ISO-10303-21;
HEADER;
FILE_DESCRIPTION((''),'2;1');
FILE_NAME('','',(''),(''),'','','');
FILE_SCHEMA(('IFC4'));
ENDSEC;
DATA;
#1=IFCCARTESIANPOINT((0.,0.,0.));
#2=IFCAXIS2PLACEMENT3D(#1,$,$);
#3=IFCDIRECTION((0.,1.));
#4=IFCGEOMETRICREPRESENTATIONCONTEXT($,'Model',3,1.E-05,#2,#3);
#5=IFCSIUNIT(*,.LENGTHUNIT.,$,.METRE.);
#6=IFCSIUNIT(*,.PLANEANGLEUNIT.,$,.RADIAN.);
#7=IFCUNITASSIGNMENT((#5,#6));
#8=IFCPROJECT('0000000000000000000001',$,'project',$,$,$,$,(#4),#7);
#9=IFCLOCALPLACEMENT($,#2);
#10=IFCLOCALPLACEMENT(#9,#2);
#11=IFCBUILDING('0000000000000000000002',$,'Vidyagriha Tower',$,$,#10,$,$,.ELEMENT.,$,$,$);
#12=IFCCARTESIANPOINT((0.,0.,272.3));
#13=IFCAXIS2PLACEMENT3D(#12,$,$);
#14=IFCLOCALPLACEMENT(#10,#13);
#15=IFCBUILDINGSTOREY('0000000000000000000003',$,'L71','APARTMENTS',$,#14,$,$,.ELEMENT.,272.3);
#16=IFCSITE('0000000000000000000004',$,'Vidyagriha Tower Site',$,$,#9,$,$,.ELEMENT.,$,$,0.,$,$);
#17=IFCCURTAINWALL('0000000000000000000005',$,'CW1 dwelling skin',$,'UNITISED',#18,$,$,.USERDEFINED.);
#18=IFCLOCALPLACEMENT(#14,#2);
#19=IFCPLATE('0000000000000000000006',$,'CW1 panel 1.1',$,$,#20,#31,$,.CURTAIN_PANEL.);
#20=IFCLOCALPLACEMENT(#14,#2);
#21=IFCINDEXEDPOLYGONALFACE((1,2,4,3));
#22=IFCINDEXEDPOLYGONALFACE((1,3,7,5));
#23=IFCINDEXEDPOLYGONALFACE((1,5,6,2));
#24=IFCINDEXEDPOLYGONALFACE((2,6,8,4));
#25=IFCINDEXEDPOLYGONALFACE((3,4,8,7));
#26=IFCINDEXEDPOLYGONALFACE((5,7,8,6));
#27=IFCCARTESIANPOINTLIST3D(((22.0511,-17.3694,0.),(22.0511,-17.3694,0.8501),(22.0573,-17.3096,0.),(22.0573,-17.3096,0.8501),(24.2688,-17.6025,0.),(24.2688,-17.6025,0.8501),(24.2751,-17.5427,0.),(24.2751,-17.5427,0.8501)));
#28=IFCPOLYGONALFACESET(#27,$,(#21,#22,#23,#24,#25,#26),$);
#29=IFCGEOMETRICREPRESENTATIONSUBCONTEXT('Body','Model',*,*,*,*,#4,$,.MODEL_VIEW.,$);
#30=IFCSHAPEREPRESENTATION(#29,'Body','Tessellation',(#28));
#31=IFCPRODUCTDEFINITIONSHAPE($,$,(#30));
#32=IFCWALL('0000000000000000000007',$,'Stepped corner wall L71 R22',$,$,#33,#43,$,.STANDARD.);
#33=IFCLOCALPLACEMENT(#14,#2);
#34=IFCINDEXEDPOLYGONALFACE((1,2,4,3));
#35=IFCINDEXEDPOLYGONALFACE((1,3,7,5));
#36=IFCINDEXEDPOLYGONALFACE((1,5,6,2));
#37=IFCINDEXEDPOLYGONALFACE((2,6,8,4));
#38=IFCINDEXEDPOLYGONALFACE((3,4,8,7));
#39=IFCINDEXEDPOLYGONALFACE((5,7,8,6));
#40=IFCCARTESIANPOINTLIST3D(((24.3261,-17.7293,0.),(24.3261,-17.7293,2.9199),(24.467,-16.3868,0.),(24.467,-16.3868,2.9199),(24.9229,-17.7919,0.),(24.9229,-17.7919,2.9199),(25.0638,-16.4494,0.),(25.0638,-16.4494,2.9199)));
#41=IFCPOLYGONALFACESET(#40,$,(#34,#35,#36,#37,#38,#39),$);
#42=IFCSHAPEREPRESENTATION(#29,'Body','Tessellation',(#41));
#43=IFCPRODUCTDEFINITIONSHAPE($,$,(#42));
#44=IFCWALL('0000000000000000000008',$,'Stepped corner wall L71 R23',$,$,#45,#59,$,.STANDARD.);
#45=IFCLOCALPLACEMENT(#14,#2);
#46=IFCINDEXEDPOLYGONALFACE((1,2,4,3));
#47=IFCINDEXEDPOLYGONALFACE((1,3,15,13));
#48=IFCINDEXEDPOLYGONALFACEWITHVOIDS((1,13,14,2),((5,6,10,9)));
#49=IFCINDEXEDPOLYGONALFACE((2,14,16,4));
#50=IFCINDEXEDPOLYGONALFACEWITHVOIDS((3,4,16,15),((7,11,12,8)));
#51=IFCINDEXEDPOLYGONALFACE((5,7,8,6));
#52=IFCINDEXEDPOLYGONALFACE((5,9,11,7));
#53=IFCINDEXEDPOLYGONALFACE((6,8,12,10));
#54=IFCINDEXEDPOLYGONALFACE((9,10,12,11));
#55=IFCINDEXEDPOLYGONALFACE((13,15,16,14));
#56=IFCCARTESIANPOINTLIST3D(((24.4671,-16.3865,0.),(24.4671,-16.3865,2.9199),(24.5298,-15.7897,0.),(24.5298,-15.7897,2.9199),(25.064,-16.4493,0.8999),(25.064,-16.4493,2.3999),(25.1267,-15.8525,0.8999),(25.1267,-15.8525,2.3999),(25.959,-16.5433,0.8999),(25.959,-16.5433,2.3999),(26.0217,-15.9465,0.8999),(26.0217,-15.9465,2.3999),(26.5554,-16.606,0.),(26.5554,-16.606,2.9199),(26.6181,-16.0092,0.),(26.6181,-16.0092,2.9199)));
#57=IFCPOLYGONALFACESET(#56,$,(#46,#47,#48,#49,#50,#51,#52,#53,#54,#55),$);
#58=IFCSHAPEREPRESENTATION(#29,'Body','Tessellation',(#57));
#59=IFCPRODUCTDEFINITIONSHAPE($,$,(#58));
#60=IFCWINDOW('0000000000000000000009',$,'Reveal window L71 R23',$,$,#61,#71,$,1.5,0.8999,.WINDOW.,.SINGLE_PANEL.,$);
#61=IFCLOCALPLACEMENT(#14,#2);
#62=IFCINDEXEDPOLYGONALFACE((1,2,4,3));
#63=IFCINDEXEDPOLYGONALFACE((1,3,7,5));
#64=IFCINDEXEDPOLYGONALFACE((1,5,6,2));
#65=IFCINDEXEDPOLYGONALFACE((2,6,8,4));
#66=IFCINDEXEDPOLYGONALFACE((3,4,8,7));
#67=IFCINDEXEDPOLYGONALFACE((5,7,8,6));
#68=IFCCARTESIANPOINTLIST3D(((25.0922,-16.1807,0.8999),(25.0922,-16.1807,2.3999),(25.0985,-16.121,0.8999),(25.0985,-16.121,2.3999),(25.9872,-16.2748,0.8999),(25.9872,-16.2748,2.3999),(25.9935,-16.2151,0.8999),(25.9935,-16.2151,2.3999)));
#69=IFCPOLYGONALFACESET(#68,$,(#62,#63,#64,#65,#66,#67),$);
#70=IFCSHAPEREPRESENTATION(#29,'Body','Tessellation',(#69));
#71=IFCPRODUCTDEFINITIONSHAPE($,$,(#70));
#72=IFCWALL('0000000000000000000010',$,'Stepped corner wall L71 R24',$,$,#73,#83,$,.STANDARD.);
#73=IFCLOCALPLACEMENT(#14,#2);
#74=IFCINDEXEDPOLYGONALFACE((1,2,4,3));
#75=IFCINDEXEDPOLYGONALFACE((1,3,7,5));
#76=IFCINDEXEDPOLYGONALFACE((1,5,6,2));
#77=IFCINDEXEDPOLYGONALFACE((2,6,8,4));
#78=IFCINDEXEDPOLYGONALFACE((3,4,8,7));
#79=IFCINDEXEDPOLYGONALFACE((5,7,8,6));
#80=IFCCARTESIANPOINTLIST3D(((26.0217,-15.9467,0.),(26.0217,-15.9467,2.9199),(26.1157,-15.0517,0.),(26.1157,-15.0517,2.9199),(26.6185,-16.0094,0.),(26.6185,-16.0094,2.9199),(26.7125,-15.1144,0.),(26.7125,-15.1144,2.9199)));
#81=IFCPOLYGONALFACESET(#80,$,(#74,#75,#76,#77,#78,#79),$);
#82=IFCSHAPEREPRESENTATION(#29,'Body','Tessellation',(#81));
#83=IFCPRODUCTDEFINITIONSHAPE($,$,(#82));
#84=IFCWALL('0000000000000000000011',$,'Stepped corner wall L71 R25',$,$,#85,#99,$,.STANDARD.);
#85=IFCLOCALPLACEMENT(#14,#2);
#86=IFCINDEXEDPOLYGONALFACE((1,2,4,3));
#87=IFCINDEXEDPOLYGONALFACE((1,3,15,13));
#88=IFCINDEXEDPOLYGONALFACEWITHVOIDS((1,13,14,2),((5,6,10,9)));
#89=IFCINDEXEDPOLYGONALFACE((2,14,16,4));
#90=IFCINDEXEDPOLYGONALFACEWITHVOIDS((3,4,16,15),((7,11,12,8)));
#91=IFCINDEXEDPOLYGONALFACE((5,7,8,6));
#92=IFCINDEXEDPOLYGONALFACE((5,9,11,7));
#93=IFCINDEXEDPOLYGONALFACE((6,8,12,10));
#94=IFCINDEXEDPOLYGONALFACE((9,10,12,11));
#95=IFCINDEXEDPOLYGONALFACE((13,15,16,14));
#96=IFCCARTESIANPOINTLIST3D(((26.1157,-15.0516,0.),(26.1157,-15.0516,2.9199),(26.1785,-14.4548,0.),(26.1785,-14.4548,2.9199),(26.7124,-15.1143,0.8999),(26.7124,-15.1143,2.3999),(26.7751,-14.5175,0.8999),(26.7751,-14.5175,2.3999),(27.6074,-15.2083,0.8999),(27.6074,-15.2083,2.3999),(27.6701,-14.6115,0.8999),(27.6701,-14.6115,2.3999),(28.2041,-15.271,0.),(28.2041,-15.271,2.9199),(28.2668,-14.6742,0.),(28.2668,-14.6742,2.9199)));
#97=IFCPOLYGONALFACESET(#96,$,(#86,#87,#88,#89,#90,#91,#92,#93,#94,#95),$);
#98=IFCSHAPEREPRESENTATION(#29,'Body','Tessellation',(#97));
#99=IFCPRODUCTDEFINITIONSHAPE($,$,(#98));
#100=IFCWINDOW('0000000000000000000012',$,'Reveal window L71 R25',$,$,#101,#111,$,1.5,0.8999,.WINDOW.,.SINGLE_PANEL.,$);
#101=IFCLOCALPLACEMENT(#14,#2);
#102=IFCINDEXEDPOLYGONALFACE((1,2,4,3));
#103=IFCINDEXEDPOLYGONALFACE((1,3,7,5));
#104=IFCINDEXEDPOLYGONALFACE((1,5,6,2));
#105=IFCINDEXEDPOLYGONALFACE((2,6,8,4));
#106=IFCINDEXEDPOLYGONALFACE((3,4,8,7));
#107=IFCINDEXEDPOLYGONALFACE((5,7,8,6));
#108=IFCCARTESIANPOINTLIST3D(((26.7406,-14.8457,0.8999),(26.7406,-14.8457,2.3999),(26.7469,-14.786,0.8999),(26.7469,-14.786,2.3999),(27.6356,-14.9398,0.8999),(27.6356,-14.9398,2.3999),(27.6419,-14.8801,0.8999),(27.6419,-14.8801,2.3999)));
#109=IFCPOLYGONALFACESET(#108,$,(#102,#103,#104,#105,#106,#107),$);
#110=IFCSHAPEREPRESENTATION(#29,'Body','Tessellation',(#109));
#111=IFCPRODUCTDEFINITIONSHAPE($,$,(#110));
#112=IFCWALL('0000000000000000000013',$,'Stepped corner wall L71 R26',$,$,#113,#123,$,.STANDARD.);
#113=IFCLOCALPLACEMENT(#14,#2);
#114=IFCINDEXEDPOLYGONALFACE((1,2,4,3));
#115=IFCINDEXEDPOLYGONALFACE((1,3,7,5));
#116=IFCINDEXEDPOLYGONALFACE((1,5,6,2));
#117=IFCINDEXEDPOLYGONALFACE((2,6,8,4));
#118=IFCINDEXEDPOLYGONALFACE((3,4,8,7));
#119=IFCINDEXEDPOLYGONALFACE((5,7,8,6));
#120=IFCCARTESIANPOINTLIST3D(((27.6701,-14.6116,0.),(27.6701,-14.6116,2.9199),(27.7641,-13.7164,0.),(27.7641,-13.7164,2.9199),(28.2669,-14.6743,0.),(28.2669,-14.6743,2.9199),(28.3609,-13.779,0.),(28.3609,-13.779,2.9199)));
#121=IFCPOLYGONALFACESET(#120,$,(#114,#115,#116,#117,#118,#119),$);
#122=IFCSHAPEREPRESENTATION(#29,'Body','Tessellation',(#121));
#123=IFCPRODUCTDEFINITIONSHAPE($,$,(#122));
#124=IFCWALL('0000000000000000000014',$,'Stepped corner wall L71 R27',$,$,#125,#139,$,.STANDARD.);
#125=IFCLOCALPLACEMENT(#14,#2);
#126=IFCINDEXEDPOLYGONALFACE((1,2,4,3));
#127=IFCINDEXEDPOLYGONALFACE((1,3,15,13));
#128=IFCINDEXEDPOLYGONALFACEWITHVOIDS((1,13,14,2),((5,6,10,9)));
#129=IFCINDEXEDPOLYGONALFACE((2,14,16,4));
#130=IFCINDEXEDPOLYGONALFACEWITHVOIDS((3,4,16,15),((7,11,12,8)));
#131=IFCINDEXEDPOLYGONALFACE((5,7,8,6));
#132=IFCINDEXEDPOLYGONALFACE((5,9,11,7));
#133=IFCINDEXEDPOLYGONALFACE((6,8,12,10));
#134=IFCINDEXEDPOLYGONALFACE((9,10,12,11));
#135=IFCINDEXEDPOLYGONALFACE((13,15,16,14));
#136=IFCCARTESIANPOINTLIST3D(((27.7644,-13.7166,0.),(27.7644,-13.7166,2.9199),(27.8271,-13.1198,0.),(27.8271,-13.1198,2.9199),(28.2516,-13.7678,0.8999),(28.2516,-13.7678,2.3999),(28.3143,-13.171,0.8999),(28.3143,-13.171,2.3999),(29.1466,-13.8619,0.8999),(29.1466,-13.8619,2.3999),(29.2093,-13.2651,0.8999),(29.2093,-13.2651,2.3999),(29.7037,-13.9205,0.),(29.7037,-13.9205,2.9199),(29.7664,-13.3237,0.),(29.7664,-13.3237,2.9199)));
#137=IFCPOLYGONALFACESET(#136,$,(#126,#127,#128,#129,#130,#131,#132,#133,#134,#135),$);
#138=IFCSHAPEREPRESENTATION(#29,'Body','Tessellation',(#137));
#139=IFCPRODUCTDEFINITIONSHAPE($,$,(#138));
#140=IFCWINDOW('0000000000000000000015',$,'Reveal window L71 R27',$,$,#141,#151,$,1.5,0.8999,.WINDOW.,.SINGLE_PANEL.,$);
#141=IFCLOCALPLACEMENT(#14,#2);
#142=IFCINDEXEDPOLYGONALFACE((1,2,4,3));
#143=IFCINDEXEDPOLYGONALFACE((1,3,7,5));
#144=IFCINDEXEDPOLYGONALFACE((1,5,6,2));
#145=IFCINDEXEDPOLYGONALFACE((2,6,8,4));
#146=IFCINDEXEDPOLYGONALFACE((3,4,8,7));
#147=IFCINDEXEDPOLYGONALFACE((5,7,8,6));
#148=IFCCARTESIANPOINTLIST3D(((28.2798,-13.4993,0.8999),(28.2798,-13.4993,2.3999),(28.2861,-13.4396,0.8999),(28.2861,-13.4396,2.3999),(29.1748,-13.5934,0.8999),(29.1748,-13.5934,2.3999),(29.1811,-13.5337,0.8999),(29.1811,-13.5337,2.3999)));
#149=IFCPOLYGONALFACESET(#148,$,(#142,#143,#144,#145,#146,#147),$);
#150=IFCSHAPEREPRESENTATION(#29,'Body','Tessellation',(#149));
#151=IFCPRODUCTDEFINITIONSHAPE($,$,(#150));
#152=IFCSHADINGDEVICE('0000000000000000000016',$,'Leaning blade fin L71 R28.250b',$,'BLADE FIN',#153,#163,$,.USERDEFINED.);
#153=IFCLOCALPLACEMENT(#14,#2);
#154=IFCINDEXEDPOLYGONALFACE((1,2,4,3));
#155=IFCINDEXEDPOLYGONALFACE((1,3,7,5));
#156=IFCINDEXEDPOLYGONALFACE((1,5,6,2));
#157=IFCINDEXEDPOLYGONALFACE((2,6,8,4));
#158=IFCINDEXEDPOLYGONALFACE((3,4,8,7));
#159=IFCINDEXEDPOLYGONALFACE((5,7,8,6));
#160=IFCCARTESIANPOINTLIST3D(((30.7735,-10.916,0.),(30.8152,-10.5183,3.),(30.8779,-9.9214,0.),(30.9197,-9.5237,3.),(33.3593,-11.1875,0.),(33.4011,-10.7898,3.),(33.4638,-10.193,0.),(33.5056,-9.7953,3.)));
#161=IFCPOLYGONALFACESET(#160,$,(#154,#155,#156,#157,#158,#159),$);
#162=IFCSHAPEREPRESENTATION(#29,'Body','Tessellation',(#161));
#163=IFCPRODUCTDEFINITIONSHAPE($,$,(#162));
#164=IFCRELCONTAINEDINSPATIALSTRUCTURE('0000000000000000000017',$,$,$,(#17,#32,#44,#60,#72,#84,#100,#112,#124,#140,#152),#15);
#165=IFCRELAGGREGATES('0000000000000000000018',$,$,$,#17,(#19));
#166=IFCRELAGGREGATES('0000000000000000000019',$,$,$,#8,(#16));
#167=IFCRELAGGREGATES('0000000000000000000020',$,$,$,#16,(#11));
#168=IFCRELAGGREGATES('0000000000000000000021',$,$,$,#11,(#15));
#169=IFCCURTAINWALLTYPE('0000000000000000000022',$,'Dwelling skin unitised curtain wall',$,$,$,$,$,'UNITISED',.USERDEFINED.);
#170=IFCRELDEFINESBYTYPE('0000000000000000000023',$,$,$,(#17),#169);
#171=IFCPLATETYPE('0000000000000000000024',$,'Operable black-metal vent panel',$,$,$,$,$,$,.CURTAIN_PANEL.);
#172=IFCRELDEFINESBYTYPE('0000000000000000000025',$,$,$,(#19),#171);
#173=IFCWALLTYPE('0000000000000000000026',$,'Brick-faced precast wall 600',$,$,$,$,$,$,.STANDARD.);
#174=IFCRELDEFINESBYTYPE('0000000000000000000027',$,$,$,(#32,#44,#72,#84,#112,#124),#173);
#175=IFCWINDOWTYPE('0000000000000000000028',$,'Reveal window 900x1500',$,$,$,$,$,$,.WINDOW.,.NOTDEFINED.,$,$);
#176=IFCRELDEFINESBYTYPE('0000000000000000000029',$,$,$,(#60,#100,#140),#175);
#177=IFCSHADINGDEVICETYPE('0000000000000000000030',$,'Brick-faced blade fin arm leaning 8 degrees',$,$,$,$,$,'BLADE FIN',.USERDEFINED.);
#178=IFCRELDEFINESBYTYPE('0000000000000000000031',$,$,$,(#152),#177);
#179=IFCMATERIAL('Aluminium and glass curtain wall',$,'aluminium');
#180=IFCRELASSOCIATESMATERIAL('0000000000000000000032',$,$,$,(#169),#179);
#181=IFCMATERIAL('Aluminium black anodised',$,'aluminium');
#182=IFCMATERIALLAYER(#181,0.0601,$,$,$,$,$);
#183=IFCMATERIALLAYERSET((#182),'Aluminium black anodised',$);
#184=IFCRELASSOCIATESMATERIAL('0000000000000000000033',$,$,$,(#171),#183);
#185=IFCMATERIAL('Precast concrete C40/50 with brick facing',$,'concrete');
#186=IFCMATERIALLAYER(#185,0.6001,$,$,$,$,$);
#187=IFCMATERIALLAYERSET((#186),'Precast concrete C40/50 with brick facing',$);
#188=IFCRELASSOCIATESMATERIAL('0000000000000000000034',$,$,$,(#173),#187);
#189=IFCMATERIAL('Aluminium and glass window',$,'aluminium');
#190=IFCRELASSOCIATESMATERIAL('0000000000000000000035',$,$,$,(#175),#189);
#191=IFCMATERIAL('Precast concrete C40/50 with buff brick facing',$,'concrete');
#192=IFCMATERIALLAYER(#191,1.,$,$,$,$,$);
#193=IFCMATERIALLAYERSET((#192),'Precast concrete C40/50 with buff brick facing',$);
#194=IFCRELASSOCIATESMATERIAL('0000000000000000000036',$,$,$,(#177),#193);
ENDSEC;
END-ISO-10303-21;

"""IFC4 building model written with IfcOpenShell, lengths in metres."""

from ifc_helpers import new_model, si_unit, direction, frame, frame_2d, origin, origin_2d, place, context, subcontext, project, spatial, polyline, rectangle, outline, extrude, material, layer, layer_set, type_object, element, fill, aggregate, save


model = new_model("IFC4")

# Units and contexts
model_context = context("Model", 3, precision=1e-05, world=origin(), true_north=direction((0.0, 1.0)))
body_context = subcontext(model_context, "Body", "Model", "MODEL_VIEW")
ifc_project = project(units=[si_unit("LENGTHUNIT", "METRE"), si_unit("PLANEANGLEUNIT", "RADIAN")], contexts=[model_context])

# Site, building, storey
site_placement = place(None, origin())
site = spatial("IfcSite", under=ifc_project, at=site_placement, Name="Vidyagriha Tower Site", CompositionType="ELEMENT", RefElevation=0.0)
building_placement = place(site_placement, origin())
building = spatial("IfcBuilding", under=site, at=building_placement, Name="Vidyagriha Tower", CompositionType="ELEMENT")
storey_placement = place(building_placement, frame((0.0, 0.0, 272.3)))
storey = spatial("IfcBuildingStorey", under=building, at=storey_placement, Name="L71", Description="APARTMENTS", CompositionType="ELEMENT", Elevation=272.3)

# Curtain wall
ifc_material_1 = material(Name="Aluminium and glass curtain wall", Category="aluminium")
curtain_wall_type = type_object("IfcCurtainWallType", Name="Dwelling skin unitised curtain wall", ElementType="UNITISED", PredefinedType="USERDEFINED", material=ifc_material_1)
curtain_wall_1_placement = place(storey_placement, origin())
curtain_wall_1 = element("IfcCurtainWall", 1, at=curtain_wall_1_placement, inside=storey, type_object=curtain_wall_type, Name="CW1 dwelling skin", ObjectType="UNITISED", PredefinedType="USERDEFINED")

# Plate
ifc_material_2 = material(Name="Aluminium black anodised", Category="aluminium")
ifc_layer_1 = layer(ifc_material_2, 0.0601)
ifc_layer_set_1 = layer_set([ifc_layer_1], Name="Aluminium black anodised")
plate_type_1 = type_object("IfcPlateType", Name="Operable black-metal vent panel", PredefinedType="CURTAIN_PANEL", material=ifc_layer_set_1)
plate_1_placement = place(storey_placement, frame((23.1631, -17.4561, 0.0), z_axis=(0.0, 0.0, 1.0), x_axis=(0.994523, -0.104522, 0.0)))
plate_1 = element("IfcPlate", 2, at=plate_1_placement, type_object=plate_type_1, Name="CW1 panel 1.1", PredefinedType="CURTAIN_PANEL", context=body_context, shape_type="SweptSolid", body=[
    extrude(rectangle(XDim=2.23, YDim=0.0601, at=origin_2d()), origin(), (0.0, 0.0, 1.0), 0.8501),
])
aggregate(curtain_wall_1, [plate_1])

# Wall
ifc_material_3 = material(Name="Precast concrete C40/50 with brick facing", Category="concrete")
ifc_layer_2 = layer(ifc_material_3, 0.6001)
ifc_layer_set_2 = layer_set([ifc_layer_2], Name="Precast concrete C40/50 with brick facing")
wall_type = type_object("IfcWallType", Name="Brick-faced precast wall 600", PredefinedType="STANDARD", material=ifc_layer_set_2)
wall_1_placement = place(storey_placement, frame((24.6245, -17.7605, 0.0), z_axis=(0.0, 0.0, 1.0), x_axis=(0.104355, 0.99454, 0.0)))
element("IfcWall", 3, at=wall_1_placement, inside=storey, type_object=wall_type, Name="Stepped corner wall L71 R22", PredefinedType="STANDARD", context=body_context, shape_type="SweptSolid", body=[
    extrude(rectangle(XDim=1.3499, YDim=0.6001, at=frame_2d((0.6748, 0.0))), origin(), (0.0, 0.0, 1.0), 2.9199),
])

# Wall, opening, window
wall_2_placement = place(storey_placement, frame((24.4985, -16.0881, 0.0), z_axis=(0.0, 0.0, 1.0), x_axis=(0.994523, -0.104521, 0.0)))
wall_2 = element("IfcWall", 4, at=wall_2_placement, inside=storey, type_object=wall_type, Name="Stepped corner wall L71 R23", PredefinedType="STANDARD", context=body_context, shape_type="SweptSolid", body=[
    extrude(rectangle(XDim=2.0999, YDim=0.6001, at=frame_2d((1.0498, 0.0))), origin(), (0.0, 0.0, 1.0), 2.9199),
])
opening_1_placement = place(wall_2_placement, frame((0.6001, 0.0, 0.8999)))
opening_1 = element("IfcOpeningElement", 5, at=opening_1_placement, cuts=wall_2, PredefinedType="OPENING", context=body_context, shape_type="SweptSolid", body=[
    extrude(rectangle(XDim=0.8999, YDim=1.5, at=frame_2d((0.45, 0.75))), frame((0.0, 0.3101, 0.0), z_axis=(0.0, -1.0, 0.0), x_axis=(1.0, 0.0, 0.0)), (0.0, 0.0, 1.0), 0.6201),
])
ifc_material_4 = material(Name="Aluminium and glass window", Category="aluminium")
window_type = type_object("IfcWindowType", Name="Reveal window 900x1500", PartitioningType="NOTDEFINED", PredefinedType="WINDOW", material=ifc_material_4)
window_1_placement = place(opening_1_placement, origin())
window_1 = element("IfcWindow", 6, at=window_1_placement, inside=storey, type_object=window_type, Name="Reveal window L71 R23", OverallHeight=1.5, OverallWidth=0.8999, PartitioningType="SINGLE_PANEL", PredefinedType="WINDOW", context=body_context, shape_type="SweptSolid", body=[
    extrude(rectangle(XDim=0.8999, YDim=1.5, at=frame_2d((0.45, 0.75))), frame((0.0, 0.03, 0.0), z_axis=(0.0, -1.0, 0.0), x_axis=(1.0, 0.0, 0.0)), (0.0, 0.0, 1.0), 0.0601),
])
fill(opening_1, window_1)

# Wall
wall_3_placement = place(storey_placement, frame((26.3201, -15.978, 0.0), z_axis=(0.0, 0.0, 1.0), x_axis=(0.104445, 0.994531, 0.0)))
element("IfcWall", 7, at=wall_3_placement, inside=storey, type_object=wall_type, Name="Stepped corner wall L71 R24", PredefinedType="STANDARD", context=body_context, shape_type="SweptSolid", body=[
    extrude(rectangle(XDim=0.8999, YDim=0.6001, at=frame_2d((0.45, 0.0))), origin(), (0.0, 0.0, 1.0), 2.9199),
])

# Wall, opening, window
wall_4_placement = place(storey_placement, frame((26.1472, -14.7532, 0.0), z_axis=(0.0, 0.0, 1.0), x_axis=(0.994523, -0.104521, 0.0)))
wall_4 = element("IfcWall", 8, at=wall_4_placement, inside=storey, type_object=wall_type, Name="Stepped corner wall L71 R25", PredefinedType="STANDARD", context=body_context, shape_type="SweptSolid", body=[
    extrude(rectangle(XDim=2.0999, YDim=0.6001, at=frame_2d((1.0498, 0.0))), origin(), (0.0, 0.0, 1.0), 2.9199),
])
opening_2_placement = place(wall_4_placement, frame((0.5999, 0.0, 0.8999)))
opening_2 = element("IfcOpeningElement", 9, at=opening_2_placement, cuts=wall_4, PredefinedType="OPENING", context=body_context, shape_type="SweptSolid", body=[
    extrude(rectangle(XDim=0.8999, YDim=1.5, at=frame_2d((0.45, 0.75))), frame((0.0, 0.3101, 0.0), z_axis=(0.0, -1.0, 0.0), x_axis=(1.0, 0.0, 0.0)), (0.0, 0.0, 1.0), 0.6201),
])
window_2_placement = place(opening_2_placement, origin())
window_2 = element("IfcWindow", 10, at=window_2_placement, inside=storey, type_object=window_type, Name="Reveal window L71 R25", OverallHeight=1.5, OverallWidth=0.8999, PartitioningType="SINGLE_PANEL", PredefinedType="WINDOW", context=body_context, shape_type="SweptSolid", body=[
    extrude(rectangle(XDim=0.8999, YDim=1.5, at=frame_2d((0.45, 0.75))), frame((0.0, 0.03, 0.0), z_axis=(0.0, -1.0, 0.0), x_axis=(1.0, 0.0, 0.0)), (0.0, 0.0, 1.0), 0.0601),
])
fill(opening_2, window_2)

# Wall
wall_5_placement = place(storey_placement, frame((27.9685, -14.6431, 0.0), z_axis=(0.0, 0.0, 1.0), x_axis=(0.104417, 0.994534, 0.0)))
element("IfcWall", 11, at=wall_5_placement, inside=storey, type_object=wall_type, Name="Stepped corner wall L71 R26", PredefinedType="STANDARD", context=body_context, shape_type="SweptSolid", body=[
    extrude(rectangle(XDim=0.9001, YDim=0.6001, at=frame_2d((0.4502, 0.0))), origin(), (0.0, 0.0, 1.0), 2.9199),
])

# Wall, opening, window
wall_6_placement = place(storey_placement, frame((27.7957, -13.4182, 0.0), z_axis=(0.0, 0.0, 1.0), x_axis=(0.99452, -0.104548, 0.0)))
wall_6 = element("IfcWall", 12, at=wall_6_placement, inside=storey, type_object=wall_type, Name="Stepped corner wall L71 R27", PredefinedType="STANDARD", context=body_context, shape_type="SweptSolid", body=[
    extrude(rectangle(XDim=1.95, YDim=0.6001, at=frame_2d((0.9751, 0.0))), origin(), (0.0, 0.0, 1.0), 2.9199),
])
opening_3_placement = place(wall_6_placement, frame((0.49, 0.0, 0.8999)))
opening_3 = element("IfcOpeningElement", 13, at=opening_3_placement, cuts=wall_6, PredefinedType="OPENING", context=body_context, shape_type="SweptSolid", body=[
    extrude(rectangle(XDim=0.8999, YDim=1.5, at=frame_2d((0.45, 0.75))), frame((0.0, 0.3101, 0.0), z_axis=(0.0, -1.0, 0.0), x_axis=(1.0, 0.0, 0.0)), (0.0, 0.0, 1.0), 0.6201),
])
window_3_placement = place(opening_3_placement, origin())
window_3 = element("IfcWindow", 14, at=window_3_placement, inside=storey, type_object=window_type, Name="Reveal window L71 R27", OverallHeight=1.5, OverallWidth=0.8999, PartitioningType="SINGLE_PANEL", PredefinedType="WINDOW", context=body_context, shape_type="SweptSolid", body=[
    extrude(rectangle(XDim=0.8999, YDim=1.5, at=frame_2d((0.45, 0.75))), frame((0.0, 0.03, 0.0), z_axis=(0.0, -1.0, 0.0), x_axis=(1.0, 0.0, 0.0)), (0.0, 0.0, 1.0), 0.0601),
])
fill(opening_3, window_3)

# Shading device
ifc_material_5 = material(Name="Precast concrete C40/50 with buff brick facing", Category="concrete")
ifc_layer_3 = layer(ifc_material_5, 1.0)
ifc_layer_set_3 = layer_set([ifc_layer_3], Name="Precast concrete C40/50 with buff brick facing")
shading_device_type = type_object("IfcShadingDeviceType", Name="Brick-faced blade fin arm leaning 8 degrees", ElementType="BLADE FIN", PredefinedType="USERDEFINED", material=ifc_layer_set_3)
shading_device_placement = place(storey_placement, frame((32.0664, -11.0518, 0.0), z_axis=(0.0, 0.0, 1.0), x_axis=(0.10444, 0.994531, 0.0)))
element("IfcShadingDevice", 15, at=shading_device_placement, inside=storey, type_object=shading_device_type, Name="Leaning blade fin L71 R28.250b", ObjectType="BLADE FIN", PredefinedType="USERDEFINED", context=body_context, shape_type="SweptSolid", body=[
    extrude(outline(polyline([(0.0, 0.0), (1.0, 0.0), (1.3999, 3.0), (0.3999, 3.0), (0.0, 0.0)])), frame((0.0, 1.3, 0.0), z_axis=(0.0, -1.0, 0.0), x_axis=(1.0, 0.0, 0.0)), (0.0, 0.0, 1.0), 2.6001),
])

save(model, "model.ifc")
